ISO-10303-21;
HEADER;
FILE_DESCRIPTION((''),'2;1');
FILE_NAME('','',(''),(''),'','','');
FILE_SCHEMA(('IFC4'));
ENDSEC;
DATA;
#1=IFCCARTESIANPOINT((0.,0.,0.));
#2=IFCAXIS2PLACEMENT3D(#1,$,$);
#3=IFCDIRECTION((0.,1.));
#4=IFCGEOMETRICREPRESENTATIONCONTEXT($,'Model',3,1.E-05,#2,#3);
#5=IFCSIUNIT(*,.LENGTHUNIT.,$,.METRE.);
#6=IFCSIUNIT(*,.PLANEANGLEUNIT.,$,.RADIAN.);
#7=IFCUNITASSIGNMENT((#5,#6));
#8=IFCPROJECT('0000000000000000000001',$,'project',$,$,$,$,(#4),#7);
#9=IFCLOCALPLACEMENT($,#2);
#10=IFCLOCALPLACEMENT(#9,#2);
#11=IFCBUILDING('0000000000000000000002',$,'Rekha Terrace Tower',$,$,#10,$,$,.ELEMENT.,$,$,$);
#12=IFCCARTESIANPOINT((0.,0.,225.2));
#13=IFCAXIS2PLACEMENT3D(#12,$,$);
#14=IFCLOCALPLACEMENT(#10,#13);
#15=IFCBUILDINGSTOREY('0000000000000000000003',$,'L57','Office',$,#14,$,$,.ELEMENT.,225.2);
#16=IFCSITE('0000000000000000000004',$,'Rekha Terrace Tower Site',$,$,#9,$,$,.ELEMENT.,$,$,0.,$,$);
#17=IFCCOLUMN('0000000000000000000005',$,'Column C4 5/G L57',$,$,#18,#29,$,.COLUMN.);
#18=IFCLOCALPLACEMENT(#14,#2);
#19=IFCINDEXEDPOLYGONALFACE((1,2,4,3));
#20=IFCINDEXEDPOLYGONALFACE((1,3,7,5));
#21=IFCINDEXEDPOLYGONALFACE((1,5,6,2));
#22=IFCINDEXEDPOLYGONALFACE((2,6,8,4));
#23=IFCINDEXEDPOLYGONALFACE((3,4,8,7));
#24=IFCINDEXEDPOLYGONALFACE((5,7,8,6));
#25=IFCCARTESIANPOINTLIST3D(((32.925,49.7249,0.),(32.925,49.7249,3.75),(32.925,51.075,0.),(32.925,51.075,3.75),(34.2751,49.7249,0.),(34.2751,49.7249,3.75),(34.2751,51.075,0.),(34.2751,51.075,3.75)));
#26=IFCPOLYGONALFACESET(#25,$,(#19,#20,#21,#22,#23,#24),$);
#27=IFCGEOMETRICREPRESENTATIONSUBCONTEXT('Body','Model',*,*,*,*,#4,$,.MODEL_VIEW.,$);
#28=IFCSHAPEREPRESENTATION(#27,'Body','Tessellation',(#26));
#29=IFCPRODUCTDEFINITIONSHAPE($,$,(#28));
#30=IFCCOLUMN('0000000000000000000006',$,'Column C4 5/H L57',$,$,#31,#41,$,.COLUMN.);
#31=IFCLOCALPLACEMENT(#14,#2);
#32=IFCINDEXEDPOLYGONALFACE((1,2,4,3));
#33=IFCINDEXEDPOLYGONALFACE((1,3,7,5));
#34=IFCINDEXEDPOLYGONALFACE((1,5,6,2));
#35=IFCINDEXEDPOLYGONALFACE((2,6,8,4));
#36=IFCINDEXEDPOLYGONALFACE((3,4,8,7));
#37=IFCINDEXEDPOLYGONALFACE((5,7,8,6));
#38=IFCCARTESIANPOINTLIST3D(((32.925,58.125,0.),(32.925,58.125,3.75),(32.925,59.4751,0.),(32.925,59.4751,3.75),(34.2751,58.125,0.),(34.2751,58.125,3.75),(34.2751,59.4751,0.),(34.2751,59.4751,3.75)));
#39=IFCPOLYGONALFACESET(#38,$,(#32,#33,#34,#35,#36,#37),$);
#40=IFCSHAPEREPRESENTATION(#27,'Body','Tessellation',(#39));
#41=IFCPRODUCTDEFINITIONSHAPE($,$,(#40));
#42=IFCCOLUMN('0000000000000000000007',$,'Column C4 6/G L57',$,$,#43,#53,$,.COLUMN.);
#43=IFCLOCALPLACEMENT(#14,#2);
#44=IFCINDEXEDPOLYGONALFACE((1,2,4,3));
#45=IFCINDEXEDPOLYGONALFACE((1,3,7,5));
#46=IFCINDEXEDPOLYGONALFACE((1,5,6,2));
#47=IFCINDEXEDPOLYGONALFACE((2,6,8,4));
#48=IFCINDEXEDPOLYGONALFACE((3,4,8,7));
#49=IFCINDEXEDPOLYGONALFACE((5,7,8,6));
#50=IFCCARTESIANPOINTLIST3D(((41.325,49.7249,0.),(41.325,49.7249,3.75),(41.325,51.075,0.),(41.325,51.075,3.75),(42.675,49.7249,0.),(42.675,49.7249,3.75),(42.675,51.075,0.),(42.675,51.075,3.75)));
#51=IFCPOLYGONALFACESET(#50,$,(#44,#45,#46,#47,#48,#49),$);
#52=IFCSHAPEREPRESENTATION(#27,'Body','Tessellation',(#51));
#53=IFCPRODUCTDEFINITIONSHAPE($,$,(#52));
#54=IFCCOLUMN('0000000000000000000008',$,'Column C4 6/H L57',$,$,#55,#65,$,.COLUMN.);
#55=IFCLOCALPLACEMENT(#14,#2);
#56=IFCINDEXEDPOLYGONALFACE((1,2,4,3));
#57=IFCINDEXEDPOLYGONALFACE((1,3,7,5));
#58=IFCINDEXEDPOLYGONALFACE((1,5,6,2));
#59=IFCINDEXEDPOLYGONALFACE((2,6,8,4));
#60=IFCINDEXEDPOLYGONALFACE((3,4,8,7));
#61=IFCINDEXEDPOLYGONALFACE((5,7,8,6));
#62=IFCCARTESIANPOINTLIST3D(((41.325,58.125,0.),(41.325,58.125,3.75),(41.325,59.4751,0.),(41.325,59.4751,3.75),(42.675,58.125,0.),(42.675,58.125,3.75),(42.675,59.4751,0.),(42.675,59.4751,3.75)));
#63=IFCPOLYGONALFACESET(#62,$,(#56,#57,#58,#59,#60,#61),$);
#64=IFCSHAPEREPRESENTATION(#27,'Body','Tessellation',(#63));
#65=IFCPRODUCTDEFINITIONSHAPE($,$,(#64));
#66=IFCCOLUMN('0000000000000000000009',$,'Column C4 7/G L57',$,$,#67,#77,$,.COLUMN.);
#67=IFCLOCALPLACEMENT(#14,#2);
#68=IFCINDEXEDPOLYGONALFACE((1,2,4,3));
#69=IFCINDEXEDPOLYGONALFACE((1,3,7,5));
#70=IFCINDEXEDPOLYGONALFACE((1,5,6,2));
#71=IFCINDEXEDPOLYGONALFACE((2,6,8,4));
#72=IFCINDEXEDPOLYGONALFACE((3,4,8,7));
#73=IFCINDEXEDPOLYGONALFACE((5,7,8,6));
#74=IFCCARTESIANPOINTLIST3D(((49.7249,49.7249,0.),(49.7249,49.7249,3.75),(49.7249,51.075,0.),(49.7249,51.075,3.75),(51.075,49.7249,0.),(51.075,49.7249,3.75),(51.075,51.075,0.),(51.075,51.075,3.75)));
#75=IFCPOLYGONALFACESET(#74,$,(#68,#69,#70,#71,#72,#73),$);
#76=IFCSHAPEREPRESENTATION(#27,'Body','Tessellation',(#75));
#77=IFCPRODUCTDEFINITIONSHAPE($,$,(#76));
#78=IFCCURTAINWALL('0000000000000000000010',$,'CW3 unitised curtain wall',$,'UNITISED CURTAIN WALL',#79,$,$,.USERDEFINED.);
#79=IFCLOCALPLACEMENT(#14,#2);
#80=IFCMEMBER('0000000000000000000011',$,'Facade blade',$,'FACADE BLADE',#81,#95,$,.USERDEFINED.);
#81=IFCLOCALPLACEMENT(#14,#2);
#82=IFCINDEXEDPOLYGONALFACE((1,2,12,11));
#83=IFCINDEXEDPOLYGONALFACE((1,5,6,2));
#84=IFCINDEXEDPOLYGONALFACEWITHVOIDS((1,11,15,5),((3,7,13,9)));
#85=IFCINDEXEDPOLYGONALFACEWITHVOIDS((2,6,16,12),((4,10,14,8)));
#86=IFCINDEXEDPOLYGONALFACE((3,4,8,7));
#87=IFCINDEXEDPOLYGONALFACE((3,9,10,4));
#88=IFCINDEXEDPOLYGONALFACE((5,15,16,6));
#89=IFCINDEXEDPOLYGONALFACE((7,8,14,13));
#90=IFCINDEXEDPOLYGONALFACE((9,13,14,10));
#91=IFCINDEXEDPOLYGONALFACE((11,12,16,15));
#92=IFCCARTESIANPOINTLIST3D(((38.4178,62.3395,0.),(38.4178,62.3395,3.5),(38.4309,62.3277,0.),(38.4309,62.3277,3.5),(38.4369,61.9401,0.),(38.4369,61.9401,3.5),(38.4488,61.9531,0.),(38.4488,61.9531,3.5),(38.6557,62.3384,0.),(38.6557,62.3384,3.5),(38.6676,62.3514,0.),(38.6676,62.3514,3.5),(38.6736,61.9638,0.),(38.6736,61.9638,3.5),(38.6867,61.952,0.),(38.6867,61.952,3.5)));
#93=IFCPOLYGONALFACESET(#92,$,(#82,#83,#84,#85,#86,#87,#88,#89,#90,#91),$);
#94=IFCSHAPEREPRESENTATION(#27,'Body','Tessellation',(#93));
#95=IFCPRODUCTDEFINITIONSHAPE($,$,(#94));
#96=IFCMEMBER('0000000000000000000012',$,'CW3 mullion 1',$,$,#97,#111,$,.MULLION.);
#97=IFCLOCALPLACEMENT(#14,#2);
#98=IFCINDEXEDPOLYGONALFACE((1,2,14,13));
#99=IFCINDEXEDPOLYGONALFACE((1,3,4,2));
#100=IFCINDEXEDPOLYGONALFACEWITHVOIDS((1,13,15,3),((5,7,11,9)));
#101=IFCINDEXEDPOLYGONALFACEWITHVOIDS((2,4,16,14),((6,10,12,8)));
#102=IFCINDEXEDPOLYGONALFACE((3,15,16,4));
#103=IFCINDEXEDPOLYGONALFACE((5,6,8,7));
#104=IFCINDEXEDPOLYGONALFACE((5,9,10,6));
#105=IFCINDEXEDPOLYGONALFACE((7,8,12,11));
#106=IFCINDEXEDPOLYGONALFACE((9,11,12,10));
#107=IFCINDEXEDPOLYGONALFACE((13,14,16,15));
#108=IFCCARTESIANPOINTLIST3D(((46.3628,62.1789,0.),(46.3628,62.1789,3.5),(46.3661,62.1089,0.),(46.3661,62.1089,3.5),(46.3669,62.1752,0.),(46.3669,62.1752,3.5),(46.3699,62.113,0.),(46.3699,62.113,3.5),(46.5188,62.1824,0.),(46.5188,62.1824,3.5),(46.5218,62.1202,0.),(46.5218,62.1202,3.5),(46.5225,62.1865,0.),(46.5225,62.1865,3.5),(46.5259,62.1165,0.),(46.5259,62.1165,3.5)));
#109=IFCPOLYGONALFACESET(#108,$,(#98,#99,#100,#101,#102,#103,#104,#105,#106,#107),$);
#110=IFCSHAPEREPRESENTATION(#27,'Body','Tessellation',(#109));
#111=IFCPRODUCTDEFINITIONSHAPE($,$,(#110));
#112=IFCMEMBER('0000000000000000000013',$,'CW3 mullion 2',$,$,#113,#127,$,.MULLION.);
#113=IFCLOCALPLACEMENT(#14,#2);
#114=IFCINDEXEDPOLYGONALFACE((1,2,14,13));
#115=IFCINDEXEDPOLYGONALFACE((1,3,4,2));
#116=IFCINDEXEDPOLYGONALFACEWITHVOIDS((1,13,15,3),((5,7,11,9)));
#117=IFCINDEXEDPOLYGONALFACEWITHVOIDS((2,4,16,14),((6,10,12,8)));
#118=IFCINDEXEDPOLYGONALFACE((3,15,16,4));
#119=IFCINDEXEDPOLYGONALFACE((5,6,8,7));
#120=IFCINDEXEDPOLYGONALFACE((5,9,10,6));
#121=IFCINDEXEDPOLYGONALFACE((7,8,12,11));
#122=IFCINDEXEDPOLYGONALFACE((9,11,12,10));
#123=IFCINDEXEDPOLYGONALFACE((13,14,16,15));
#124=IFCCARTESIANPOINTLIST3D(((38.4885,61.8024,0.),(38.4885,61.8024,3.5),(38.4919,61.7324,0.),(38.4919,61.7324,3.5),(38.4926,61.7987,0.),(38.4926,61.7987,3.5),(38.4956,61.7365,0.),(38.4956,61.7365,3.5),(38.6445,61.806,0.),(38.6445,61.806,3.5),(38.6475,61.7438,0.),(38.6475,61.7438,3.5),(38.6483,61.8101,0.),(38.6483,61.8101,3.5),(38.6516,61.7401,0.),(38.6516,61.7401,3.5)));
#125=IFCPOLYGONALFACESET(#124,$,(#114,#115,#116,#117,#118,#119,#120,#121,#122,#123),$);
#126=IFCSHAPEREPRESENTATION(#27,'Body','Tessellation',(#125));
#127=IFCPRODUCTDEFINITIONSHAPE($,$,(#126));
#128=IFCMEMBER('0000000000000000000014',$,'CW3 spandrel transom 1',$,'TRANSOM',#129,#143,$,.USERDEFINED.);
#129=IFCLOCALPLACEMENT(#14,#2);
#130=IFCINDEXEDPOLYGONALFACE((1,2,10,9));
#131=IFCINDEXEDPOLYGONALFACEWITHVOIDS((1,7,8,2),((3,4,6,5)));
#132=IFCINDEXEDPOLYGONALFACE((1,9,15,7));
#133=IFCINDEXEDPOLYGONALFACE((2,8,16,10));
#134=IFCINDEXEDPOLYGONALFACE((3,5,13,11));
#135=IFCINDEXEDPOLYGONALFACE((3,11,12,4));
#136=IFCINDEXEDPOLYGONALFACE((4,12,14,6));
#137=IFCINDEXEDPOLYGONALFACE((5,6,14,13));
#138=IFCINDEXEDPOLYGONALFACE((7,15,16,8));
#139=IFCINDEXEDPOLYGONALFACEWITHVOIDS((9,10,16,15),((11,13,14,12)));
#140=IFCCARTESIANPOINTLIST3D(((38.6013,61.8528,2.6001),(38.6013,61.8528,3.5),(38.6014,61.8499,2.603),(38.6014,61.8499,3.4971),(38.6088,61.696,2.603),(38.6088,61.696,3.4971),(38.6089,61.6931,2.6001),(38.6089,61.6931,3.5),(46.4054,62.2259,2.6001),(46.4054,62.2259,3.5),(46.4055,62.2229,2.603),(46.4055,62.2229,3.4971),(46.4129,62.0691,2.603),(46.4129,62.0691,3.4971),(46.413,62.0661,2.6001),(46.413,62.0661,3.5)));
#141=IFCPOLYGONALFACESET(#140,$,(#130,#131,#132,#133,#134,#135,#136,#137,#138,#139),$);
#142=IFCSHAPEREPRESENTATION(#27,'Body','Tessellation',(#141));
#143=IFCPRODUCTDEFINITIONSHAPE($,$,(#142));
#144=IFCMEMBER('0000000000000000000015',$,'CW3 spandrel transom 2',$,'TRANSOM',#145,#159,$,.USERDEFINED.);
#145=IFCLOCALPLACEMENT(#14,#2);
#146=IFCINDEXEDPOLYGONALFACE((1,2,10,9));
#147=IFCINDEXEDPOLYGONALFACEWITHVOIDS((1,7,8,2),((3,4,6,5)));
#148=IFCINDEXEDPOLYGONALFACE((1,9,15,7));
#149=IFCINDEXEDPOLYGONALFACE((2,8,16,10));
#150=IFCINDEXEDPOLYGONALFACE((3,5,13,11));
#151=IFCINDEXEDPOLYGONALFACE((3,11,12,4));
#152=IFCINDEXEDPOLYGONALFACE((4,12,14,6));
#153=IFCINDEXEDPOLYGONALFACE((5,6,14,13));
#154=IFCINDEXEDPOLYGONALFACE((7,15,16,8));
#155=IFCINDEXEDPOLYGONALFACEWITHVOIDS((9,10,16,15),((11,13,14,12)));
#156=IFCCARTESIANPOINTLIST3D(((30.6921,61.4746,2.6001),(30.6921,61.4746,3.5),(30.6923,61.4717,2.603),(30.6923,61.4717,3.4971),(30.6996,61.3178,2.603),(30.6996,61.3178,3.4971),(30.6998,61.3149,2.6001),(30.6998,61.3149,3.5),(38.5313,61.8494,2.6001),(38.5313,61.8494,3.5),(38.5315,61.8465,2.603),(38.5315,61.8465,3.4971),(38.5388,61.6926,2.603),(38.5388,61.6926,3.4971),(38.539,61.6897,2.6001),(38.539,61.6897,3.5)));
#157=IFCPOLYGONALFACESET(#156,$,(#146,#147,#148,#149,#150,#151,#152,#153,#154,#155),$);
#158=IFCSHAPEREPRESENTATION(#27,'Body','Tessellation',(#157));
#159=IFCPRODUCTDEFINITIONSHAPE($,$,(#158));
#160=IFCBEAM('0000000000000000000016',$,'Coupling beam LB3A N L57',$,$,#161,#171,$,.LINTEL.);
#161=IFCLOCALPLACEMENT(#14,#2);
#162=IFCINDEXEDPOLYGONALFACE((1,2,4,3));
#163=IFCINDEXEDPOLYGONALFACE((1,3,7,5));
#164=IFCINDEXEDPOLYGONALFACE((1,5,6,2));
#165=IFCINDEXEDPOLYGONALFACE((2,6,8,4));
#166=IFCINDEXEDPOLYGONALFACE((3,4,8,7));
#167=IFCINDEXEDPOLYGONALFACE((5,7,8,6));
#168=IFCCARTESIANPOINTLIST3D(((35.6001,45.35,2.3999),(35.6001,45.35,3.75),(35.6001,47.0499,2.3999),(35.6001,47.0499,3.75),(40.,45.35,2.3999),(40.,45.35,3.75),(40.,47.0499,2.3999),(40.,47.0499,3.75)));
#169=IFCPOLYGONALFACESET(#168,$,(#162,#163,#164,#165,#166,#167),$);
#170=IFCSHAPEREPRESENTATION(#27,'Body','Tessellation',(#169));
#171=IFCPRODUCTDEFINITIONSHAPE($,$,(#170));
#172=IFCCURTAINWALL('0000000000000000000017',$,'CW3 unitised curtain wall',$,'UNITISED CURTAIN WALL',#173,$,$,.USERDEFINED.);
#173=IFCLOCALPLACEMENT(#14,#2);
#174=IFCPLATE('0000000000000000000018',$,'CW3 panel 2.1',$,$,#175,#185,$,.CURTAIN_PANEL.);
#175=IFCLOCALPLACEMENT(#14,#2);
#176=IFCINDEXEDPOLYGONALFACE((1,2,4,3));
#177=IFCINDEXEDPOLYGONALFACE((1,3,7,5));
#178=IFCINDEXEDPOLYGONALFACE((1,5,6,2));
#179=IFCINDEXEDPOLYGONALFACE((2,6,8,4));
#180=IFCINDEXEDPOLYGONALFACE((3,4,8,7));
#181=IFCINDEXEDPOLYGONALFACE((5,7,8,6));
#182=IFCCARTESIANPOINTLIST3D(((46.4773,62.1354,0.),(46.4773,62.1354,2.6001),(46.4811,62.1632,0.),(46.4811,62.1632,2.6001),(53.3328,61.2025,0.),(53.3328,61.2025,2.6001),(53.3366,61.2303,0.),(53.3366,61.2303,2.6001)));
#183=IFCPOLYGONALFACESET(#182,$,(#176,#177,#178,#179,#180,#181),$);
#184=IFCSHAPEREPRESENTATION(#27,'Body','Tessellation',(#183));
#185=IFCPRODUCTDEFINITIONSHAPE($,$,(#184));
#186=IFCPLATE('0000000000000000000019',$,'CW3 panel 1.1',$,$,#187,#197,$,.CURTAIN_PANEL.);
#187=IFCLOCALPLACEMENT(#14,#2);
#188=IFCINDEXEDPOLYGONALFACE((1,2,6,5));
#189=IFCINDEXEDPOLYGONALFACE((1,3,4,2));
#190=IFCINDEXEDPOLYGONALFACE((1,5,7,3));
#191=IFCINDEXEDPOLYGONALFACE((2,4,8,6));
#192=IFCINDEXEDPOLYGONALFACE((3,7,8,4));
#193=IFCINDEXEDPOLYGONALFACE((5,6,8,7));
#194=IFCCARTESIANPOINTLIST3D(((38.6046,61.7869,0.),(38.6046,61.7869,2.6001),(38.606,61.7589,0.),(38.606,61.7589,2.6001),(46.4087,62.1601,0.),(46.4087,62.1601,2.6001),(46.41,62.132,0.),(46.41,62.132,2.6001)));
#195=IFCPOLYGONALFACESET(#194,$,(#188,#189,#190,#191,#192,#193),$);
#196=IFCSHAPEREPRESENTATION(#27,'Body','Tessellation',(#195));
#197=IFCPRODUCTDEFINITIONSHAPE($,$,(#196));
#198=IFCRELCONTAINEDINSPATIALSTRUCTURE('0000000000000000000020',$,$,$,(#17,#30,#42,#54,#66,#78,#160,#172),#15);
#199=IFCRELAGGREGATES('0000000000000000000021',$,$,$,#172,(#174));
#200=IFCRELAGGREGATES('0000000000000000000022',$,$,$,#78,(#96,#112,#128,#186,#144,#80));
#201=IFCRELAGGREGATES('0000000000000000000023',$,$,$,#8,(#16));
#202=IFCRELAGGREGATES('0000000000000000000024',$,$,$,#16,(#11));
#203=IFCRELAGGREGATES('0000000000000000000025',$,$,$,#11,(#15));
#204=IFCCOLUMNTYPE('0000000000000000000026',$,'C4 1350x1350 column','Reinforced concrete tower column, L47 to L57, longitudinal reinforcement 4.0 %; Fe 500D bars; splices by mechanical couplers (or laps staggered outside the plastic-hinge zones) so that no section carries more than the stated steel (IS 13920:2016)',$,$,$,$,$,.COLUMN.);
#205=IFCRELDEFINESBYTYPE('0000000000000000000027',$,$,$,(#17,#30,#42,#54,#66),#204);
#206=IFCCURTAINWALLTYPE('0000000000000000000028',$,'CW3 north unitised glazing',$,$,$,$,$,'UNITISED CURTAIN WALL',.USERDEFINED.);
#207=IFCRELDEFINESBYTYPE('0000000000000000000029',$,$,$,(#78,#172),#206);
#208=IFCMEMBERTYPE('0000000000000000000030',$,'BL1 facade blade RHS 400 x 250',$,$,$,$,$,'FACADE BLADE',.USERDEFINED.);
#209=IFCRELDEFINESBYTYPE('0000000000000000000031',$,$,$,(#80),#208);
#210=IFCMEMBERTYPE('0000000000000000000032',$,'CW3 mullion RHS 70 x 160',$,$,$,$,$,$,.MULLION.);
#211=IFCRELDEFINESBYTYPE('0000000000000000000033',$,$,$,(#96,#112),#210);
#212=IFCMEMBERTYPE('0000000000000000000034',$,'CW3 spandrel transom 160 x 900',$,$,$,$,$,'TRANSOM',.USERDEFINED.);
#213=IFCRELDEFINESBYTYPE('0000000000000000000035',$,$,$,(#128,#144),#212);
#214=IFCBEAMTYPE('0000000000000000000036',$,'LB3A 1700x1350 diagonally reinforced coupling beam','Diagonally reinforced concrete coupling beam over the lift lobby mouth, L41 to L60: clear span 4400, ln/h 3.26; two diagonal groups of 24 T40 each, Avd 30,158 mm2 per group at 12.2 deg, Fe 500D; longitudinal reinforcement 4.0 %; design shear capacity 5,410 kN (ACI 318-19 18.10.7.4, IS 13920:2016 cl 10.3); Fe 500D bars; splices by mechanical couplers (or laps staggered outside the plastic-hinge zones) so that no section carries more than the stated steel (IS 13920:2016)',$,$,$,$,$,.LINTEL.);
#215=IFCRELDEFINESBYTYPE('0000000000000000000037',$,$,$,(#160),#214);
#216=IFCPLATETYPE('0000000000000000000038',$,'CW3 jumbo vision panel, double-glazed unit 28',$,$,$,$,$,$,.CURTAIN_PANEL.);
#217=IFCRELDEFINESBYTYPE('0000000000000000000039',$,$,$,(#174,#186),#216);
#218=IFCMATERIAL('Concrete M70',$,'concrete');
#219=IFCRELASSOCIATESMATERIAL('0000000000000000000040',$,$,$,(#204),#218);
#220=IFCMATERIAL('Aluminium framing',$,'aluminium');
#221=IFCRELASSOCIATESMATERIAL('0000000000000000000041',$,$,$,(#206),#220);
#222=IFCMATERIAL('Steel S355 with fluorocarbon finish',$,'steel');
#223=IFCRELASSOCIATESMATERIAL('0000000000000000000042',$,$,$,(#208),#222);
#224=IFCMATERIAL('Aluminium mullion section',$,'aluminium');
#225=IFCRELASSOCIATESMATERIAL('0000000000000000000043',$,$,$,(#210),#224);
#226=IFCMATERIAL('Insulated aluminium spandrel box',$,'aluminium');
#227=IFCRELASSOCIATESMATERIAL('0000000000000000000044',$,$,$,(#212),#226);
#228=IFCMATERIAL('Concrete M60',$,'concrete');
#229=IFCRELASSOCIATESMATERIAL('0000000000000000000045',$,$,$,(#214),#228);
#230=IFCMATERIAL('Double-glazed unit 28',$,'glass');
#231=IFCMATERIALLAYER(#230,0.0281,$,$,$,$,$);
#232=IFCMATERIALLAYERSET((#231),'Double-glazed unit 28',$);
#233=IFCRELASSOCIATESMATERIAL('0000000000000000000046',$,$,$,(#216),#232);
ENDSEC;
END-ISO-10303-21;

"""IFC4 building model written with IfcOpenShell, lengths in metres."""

from ifc_helpers import new_model, si_unit, direction, frame, origin, origin_2d, place, context, subcontext, project, spatial, rectangle, hollow_rectangle, extrude, material, layer, layer_set, material_profile, profile_set, type_object, element, aggregate, save


model = new_model("IFC4")

# Units and contexts
model_context = context("Model", 3, precision=1e-05, world=origin(), true_north=direction((0.0, 1.0)))
body_context = subcontext(model_context, "Body", "Model", "MODEL_VIEW")
ifc_project = project(units=[si_unit("LENGTHUNIT", "METRE"), si_unit("PLANEANGLEUNIT", "RADIAN")], contexts=[model_context])

# Site, building, storey
site_placement = place(None, origin())
site = spatial("IfcSite", under=ifc_project, at=site_placement, Name="Rekha Terrace Tower Site", CompositionType="ELEMENT", RefElevation=0.0)
building_placement = place(site_placement, origin())
building = spatial("IfcBuilding", under=site, at=building_placement, Name="Rekha Terrace Tower", CompositionType="ELEMENT")
storey_placement = place(building_placement, frame((0.0, 0.0, 225.2)))
storey = spatial("IfcBuildingStorey", under=building, at=storey_placement, Name="L57", Description="Office", CompositionType="ELEMENT", Elevation=225.2)

# Columns
ifc_material_1 = material(Name="Concrete M70", Category="concrete")
ifc_material_profile_1 = material_profile(ifc_material_1, rectangle(XDim=1.3501, YDim=1.3501, at=origin_2d()), Name="RC 1350x1350")
ifc_profile_set_1 = profile_set([ifc_material_profile_1], Name="Concrete M70")
column_type = type_object("IfcColumnType", Name="C4 1350x1350 column", Description="Reinforced concrete tower column, L47 to L57, longitudinal reinforcement 4.0 %; Fe 500D bars; splices by mechanical couplers (or laps staggered outside the plastic-hinge zones) so that no section carries more than the stated steel (IS 13920:2016)", PredefinedType="COLUMN", material=ifc_profile_set_1)
for number, where, z_axis, x_axis, name in (
    (1, (33.6001, 50.3999, 0.0), (0.0, 0.0, 1.0), (1.0, 0.0, 0.0), "Column C4 5/G L57"),
    (2, (33.6001, 58.8, 0.0), (0.0, 0.0, 1.0), (1.0, 0.0, 0.0), "Column C4 5/H L57"),
    (3, (42.0, 50.3999, 0.0), (0.0, 0.0, 1.0), (1.0, 0.0, 0.0), "Column C4 6/G L57"),
    (4, (42.0, 58.8, 0.0), (0.0, 0.0, 1.0), (1.0, 0.0, 0.0), "Column C4 6/H L57"),
    (5, (50.3999, 50.3999, 0.0), (0.0, 0.0, 1.0), (1.0, 0.0, 0.0), "Column C4 7/G L57"),
):
    element("IfcColumn", number, at=place(storey_placement, frame(where, z_axis=z_axis, x_axis=x_axis)), inside=storey, type_object=column_type, Name=name, PredefinedType="COLUMN", context=body_context, shape_type="SweptSolid", body=[
        extrude(rectangle(XDim=1.3501, YDim=1.3501, at=origin_2d()), origin(), (0.0, 0.0, 1.0), 3.75),
    ])

# Curtain wall, members
ifc_material_2 = material(Name="Aluminium framing", Category="aluminium")
curtain_wall_type = type_object("IfcCurtainWallType", Name="CW3 north unitised glazing", ElementType="UNITISED CURTAIN WALL", PredefinedType="USERDEFINED", material=ifc_material_2)
curtain_wall_1_placement = place(storey_placement, origin())
curtain_wall_1 = element("IfcCurtainWall", 6, at=curtain_wall_1_placement, inside=storey, type_object=curtain_wall_type, Name="CW3 unitised curtain wall", ObjectType="UNITISED CURTAIN WALL", PredefinedType="USERDEFINED")
ifc_material_3 = material(Name="Steel S355 with fluorocarbon finish", Category="steel")
ifc_material_profile_2 = material_profile(ifc_material_3, hollow_rectangle(XDim=0.25, YDim=0.3999, WallThickness=0.0125, at=origin_2d()), Name="RHS400x250x12.5")
ifc_profile_set_2 = profile_set([ifc_material_profile_2], Name="Steel S355 with fluorocarbon finish")
member_type_1 = type_object("IfcMemberType", Name="BL1 facade blade RHS 400 x 250", ElementType="FACADE BLADE", PredefinedType="USERDEFINED", material=ifc_profile_set_2)
member_1_placement = place(storey_placement, frame((38.5522, 62.1458, 0.0), z_axis=(0.0, 0.0, 1.0), x_axis=(-0.998859, -0.047758, 0.0)))
member_1 = element("IfcMember", 7, at=member_1_placement, type_object=member_type_1, Name="Facade blade", ObjectType="FACADE BLADE", PredefinedType="USERDEFINED", context=body_context, shape_type="SweptSolid", body=[
    extrude(hollow_rectangle(XDim=0.25, YDim=0.3999, WallThickness=0.0125, at=origin_2d()), origin(), (0.0, 0.0, 1.0), 3.5),
])
ifc_material_4 = material(Name="Aluminium mullion section", Category="aluminium")
ifc_material_profile_3 = material_profile(ifc_material_4, hollow_rectangle(XDim=0.0701, YDim=0.1599, WallThickness=0.0039, at=origin_2d()), Name="AL RHS 70x160")
ifc_profile_set_3 = profile_set([ifc_material_profile_3], Name="Aluminium mullion section")
member_type_2 = type_object("IfcMemberType", Name="CW3 mullion RHS 70 x 160", PredefinedType="MULLION", material=ifc_profile_set_3)
member_2_placement = place(storey_placement, frame((46.4443, 62.1477, 0.0), z_axis=(0.0, 0.0, 1.0), x_axis=(0.047759, -0.998859, 0.0)))
member_2 = element("IfcMember", 8, at=member_2_placement, type_object=member_type_2, Name="CW3 mullion 1", PredefinedType="MULLION", context=body_context, shape_type="SweptSolid", body=[
    extrude(hollow_rectangle(XDim=0.0701, YDim=0.1599, WallThickness=0.0039, at=origin_2d()), origin(), (0.0, 0.0, 1.0), 3.5),
])
member_3_placement = place(storey_placement, frame((38.5701, 61.7712, 0.0), z_axis=(0.0, 0.0, 1.0), x_axis=(0.047759, -0.998859, 0.0)))
member_3 = element("IfcMember", 9, at=member_3_placement, type_object=member_type_2, Name="CW3 mullion 2", PredefinedType="MULLION", context=body_context, shape_type="SweptSolid", body=[
    extrude(hollow_rectangle(XDim=0.0701, YDim=0.1599, WallThickness=0.0039, at=origin_2d()), origin(), (0.0, 0.0, 1.0), 3.5),
])
ifc_material_5 = material(Name="Insulated aluminium spandrel box", Category="aluminium")
ifc_material_profile_4 = material_profile(ifc_material_5, hollow_rectangle(XDim=0.1599, YDim=0.8999, WallThickness=0.0029, at=origin_2d()), Name="AL SPANDREL BOX 160x900")
ifc_profile_set_4 = profile_set([ifc_material_profile_4], Name="Insulated aluminium spandrel box")
member_type_3 = type_object("IfcMemberType", Name="CW3 spandrel transom 160 x 900", ElementType="TRANSOM", PredefinedType="USERDEFINED", material=ifc_profile_set_4)
member_4_placement = place(storey_placement, frame((46.4092, 62.146, 3.05), z_axis=(-0.998859, -0.047748, 0.0), x_axis=(0.047748, -0.998859, 0.0)))
member_4 = element("IfcMember", 10, at=member_4_placement, type_object=member_type_3, Name="CW3 spandrel transom 1", ObjectType="TRANSOM", PredefinedType="USERDEFINED", context=body_context, shape_type="SweptSolid", body=[
    extrude(hollow_rectangle(XDim=0.1599, YDim=0.8999, WallThickness=0.0029, at=origin_2d()), origin(), (0.0, 0.0, 1.0), 7.813),
])
member_5_placement = place(storey_placement, frame((38.5352, 61.7695, 3.05), z_axis=(-0.998859, -0.047751, 0.0), x_axis=(0.047751, -0.998859, 0.0)))
member_5 = element("IfcMember", 11, at=member_5_placement, type_object=member_type_3, Name="CW3 spandrel transom 2", ObjectType="TRANSOM", PredefinedType="USERDEFINED", context=body_context, shape_type="SweptSolid", body=[
    extrude(hollow_rectangle(XDim=0.1599, YDim=0.8999, WallThickness=0.0029, at=origin_2d()), origin(), (0.0, 0.0, 1.0), 7.8481),
])

# Beam
ifc_material_6 = material(Name="Concrete M60", Category="concrete")
ifc_material_profile_5 = material_profile(ifc_material_6, rectangle(XDim=1.7, YDim=1.3501, at=origin_2d()), Name="RC 1700x1350")
ifc_profile_set_5 = profile_set([ifc_material_profile_5], Name="Concrete M60")
beam_type = type_object("IfcBeamType", Name="LB3A 1700x1350 diagonally reinforced coupling beam", Description="Diagonally reinforced concrete coupling beam over the lift lobby mouth, L41 to L60: clear span 4400, ln/h 3.26; two diagonal groups of 24 T40 each, Avd 30,158 mm2 per group at 12.2 deg, Fe 500D; longitudinal reinforcement 4.0 %; design shear capacity 5,410 kN (ACI 318-19 18.10.7.4, IS 13920:2016 cl 10.3); Fe 500D bars; splices by mechanical couplers (or laps staggered outside the plastic-hinge zones) so that no section carries more than the stated steel (IS 13920:2016)", PredefinedType="LINTEL", material=ifc_profile_set_5)
beam_placement = place(storey_placement, frame((35.6001, 46.2, 3.075), z_axis=(1.0, 0.0, 0.0), x_axis=(0.0, 1.0, 0.0)))
element("IfcBeam", 12, at=beam_placement, inside=storey, type_object=beam_type, Name="Coupling beam LB3A N L57", PredefinedType="LINTEL", context=body_context, shape_type="SweptSolid", body=[
    extrude(rectangle(XDim=1.7, YDim=1.3501, at=origin_2d()), origin(), (0.0, 0.0, 1.0), 4.3999),
])

# Curtain wall, plate
curtain_wall_2_placement = place(storey_placement, origin())
curtain_wall_2 = element("IfcCurtainWall", 13, at=curtain_wall_2_placement, inside=storey, type_object=curtain_wall_type, Name="CW3 unitised curtain wall", ObjectType="UNITISED CURTAIN WALL", PredefinedType="USERDEFINED")
ifc_material_7 = material(Name="Double-glazed unit 28", Category="glass")
ifc_layer_1 = layer(ifc_material_7, 0.0281)
ifc_layer_set_1 = layer_set([ifc_layer_1], Name="Double-glazed unit 28")
plate_type = type_object("IfcPlateType", Name="CW3 jumbo vision panel, double-glazed unit 28", PredefinedType="CURTAIN_PANEL", material=ifc_layer_set_1)
plate_1_placement = place(storey_placement, frame((49.907, 61.6829, 0.0), z_axis=(0.0, 0.0, 1.0), x_axis=(-0.990867, 0.134841, 0.0)))
plate_1 = element("IfcPlate", 14, at=plate_1_placement, type_object=plate_type, Name="CW3 panel 2.1", PredefinedType="CURTAIN_PANEL", context=body_context, shape_type="SweptSolid", body=[
    extrude(rectangle(XDim=6.9187, YDim=0.0281, at=origin_2d()), origin(), (0.0, 0.0, 1.0), 2.6001),
])
aggregate(curtain_wall_2, [plate_1])

# Plate
plate_2_placement = place(storey_placement, frame((42.5073, 61.9595, 0.0), z_axis=(0.0, 0.0, 1.0), x_axis=(-0.998859, -0.047759, 0.0)))
plate_2 = element("IfcPlate", 15, at=plate_2_placement, type_object=plate_type, Name="CW3 panel 1.1", PredefinedType="CURTAIN_PANEL", context=body_context, shape_type="SweptSolid", body=[
    extrude(rectangle(XDim=7.813, YDim=0.0281, at=origin_2d()), origin(), (0.0, 0.0, 1.0), 2.6001),
])
aggregate(curtain_wall_1, [member_2, member_3, member_4, plate_2, member_5, member_1])

save(model, "model.ifc")
